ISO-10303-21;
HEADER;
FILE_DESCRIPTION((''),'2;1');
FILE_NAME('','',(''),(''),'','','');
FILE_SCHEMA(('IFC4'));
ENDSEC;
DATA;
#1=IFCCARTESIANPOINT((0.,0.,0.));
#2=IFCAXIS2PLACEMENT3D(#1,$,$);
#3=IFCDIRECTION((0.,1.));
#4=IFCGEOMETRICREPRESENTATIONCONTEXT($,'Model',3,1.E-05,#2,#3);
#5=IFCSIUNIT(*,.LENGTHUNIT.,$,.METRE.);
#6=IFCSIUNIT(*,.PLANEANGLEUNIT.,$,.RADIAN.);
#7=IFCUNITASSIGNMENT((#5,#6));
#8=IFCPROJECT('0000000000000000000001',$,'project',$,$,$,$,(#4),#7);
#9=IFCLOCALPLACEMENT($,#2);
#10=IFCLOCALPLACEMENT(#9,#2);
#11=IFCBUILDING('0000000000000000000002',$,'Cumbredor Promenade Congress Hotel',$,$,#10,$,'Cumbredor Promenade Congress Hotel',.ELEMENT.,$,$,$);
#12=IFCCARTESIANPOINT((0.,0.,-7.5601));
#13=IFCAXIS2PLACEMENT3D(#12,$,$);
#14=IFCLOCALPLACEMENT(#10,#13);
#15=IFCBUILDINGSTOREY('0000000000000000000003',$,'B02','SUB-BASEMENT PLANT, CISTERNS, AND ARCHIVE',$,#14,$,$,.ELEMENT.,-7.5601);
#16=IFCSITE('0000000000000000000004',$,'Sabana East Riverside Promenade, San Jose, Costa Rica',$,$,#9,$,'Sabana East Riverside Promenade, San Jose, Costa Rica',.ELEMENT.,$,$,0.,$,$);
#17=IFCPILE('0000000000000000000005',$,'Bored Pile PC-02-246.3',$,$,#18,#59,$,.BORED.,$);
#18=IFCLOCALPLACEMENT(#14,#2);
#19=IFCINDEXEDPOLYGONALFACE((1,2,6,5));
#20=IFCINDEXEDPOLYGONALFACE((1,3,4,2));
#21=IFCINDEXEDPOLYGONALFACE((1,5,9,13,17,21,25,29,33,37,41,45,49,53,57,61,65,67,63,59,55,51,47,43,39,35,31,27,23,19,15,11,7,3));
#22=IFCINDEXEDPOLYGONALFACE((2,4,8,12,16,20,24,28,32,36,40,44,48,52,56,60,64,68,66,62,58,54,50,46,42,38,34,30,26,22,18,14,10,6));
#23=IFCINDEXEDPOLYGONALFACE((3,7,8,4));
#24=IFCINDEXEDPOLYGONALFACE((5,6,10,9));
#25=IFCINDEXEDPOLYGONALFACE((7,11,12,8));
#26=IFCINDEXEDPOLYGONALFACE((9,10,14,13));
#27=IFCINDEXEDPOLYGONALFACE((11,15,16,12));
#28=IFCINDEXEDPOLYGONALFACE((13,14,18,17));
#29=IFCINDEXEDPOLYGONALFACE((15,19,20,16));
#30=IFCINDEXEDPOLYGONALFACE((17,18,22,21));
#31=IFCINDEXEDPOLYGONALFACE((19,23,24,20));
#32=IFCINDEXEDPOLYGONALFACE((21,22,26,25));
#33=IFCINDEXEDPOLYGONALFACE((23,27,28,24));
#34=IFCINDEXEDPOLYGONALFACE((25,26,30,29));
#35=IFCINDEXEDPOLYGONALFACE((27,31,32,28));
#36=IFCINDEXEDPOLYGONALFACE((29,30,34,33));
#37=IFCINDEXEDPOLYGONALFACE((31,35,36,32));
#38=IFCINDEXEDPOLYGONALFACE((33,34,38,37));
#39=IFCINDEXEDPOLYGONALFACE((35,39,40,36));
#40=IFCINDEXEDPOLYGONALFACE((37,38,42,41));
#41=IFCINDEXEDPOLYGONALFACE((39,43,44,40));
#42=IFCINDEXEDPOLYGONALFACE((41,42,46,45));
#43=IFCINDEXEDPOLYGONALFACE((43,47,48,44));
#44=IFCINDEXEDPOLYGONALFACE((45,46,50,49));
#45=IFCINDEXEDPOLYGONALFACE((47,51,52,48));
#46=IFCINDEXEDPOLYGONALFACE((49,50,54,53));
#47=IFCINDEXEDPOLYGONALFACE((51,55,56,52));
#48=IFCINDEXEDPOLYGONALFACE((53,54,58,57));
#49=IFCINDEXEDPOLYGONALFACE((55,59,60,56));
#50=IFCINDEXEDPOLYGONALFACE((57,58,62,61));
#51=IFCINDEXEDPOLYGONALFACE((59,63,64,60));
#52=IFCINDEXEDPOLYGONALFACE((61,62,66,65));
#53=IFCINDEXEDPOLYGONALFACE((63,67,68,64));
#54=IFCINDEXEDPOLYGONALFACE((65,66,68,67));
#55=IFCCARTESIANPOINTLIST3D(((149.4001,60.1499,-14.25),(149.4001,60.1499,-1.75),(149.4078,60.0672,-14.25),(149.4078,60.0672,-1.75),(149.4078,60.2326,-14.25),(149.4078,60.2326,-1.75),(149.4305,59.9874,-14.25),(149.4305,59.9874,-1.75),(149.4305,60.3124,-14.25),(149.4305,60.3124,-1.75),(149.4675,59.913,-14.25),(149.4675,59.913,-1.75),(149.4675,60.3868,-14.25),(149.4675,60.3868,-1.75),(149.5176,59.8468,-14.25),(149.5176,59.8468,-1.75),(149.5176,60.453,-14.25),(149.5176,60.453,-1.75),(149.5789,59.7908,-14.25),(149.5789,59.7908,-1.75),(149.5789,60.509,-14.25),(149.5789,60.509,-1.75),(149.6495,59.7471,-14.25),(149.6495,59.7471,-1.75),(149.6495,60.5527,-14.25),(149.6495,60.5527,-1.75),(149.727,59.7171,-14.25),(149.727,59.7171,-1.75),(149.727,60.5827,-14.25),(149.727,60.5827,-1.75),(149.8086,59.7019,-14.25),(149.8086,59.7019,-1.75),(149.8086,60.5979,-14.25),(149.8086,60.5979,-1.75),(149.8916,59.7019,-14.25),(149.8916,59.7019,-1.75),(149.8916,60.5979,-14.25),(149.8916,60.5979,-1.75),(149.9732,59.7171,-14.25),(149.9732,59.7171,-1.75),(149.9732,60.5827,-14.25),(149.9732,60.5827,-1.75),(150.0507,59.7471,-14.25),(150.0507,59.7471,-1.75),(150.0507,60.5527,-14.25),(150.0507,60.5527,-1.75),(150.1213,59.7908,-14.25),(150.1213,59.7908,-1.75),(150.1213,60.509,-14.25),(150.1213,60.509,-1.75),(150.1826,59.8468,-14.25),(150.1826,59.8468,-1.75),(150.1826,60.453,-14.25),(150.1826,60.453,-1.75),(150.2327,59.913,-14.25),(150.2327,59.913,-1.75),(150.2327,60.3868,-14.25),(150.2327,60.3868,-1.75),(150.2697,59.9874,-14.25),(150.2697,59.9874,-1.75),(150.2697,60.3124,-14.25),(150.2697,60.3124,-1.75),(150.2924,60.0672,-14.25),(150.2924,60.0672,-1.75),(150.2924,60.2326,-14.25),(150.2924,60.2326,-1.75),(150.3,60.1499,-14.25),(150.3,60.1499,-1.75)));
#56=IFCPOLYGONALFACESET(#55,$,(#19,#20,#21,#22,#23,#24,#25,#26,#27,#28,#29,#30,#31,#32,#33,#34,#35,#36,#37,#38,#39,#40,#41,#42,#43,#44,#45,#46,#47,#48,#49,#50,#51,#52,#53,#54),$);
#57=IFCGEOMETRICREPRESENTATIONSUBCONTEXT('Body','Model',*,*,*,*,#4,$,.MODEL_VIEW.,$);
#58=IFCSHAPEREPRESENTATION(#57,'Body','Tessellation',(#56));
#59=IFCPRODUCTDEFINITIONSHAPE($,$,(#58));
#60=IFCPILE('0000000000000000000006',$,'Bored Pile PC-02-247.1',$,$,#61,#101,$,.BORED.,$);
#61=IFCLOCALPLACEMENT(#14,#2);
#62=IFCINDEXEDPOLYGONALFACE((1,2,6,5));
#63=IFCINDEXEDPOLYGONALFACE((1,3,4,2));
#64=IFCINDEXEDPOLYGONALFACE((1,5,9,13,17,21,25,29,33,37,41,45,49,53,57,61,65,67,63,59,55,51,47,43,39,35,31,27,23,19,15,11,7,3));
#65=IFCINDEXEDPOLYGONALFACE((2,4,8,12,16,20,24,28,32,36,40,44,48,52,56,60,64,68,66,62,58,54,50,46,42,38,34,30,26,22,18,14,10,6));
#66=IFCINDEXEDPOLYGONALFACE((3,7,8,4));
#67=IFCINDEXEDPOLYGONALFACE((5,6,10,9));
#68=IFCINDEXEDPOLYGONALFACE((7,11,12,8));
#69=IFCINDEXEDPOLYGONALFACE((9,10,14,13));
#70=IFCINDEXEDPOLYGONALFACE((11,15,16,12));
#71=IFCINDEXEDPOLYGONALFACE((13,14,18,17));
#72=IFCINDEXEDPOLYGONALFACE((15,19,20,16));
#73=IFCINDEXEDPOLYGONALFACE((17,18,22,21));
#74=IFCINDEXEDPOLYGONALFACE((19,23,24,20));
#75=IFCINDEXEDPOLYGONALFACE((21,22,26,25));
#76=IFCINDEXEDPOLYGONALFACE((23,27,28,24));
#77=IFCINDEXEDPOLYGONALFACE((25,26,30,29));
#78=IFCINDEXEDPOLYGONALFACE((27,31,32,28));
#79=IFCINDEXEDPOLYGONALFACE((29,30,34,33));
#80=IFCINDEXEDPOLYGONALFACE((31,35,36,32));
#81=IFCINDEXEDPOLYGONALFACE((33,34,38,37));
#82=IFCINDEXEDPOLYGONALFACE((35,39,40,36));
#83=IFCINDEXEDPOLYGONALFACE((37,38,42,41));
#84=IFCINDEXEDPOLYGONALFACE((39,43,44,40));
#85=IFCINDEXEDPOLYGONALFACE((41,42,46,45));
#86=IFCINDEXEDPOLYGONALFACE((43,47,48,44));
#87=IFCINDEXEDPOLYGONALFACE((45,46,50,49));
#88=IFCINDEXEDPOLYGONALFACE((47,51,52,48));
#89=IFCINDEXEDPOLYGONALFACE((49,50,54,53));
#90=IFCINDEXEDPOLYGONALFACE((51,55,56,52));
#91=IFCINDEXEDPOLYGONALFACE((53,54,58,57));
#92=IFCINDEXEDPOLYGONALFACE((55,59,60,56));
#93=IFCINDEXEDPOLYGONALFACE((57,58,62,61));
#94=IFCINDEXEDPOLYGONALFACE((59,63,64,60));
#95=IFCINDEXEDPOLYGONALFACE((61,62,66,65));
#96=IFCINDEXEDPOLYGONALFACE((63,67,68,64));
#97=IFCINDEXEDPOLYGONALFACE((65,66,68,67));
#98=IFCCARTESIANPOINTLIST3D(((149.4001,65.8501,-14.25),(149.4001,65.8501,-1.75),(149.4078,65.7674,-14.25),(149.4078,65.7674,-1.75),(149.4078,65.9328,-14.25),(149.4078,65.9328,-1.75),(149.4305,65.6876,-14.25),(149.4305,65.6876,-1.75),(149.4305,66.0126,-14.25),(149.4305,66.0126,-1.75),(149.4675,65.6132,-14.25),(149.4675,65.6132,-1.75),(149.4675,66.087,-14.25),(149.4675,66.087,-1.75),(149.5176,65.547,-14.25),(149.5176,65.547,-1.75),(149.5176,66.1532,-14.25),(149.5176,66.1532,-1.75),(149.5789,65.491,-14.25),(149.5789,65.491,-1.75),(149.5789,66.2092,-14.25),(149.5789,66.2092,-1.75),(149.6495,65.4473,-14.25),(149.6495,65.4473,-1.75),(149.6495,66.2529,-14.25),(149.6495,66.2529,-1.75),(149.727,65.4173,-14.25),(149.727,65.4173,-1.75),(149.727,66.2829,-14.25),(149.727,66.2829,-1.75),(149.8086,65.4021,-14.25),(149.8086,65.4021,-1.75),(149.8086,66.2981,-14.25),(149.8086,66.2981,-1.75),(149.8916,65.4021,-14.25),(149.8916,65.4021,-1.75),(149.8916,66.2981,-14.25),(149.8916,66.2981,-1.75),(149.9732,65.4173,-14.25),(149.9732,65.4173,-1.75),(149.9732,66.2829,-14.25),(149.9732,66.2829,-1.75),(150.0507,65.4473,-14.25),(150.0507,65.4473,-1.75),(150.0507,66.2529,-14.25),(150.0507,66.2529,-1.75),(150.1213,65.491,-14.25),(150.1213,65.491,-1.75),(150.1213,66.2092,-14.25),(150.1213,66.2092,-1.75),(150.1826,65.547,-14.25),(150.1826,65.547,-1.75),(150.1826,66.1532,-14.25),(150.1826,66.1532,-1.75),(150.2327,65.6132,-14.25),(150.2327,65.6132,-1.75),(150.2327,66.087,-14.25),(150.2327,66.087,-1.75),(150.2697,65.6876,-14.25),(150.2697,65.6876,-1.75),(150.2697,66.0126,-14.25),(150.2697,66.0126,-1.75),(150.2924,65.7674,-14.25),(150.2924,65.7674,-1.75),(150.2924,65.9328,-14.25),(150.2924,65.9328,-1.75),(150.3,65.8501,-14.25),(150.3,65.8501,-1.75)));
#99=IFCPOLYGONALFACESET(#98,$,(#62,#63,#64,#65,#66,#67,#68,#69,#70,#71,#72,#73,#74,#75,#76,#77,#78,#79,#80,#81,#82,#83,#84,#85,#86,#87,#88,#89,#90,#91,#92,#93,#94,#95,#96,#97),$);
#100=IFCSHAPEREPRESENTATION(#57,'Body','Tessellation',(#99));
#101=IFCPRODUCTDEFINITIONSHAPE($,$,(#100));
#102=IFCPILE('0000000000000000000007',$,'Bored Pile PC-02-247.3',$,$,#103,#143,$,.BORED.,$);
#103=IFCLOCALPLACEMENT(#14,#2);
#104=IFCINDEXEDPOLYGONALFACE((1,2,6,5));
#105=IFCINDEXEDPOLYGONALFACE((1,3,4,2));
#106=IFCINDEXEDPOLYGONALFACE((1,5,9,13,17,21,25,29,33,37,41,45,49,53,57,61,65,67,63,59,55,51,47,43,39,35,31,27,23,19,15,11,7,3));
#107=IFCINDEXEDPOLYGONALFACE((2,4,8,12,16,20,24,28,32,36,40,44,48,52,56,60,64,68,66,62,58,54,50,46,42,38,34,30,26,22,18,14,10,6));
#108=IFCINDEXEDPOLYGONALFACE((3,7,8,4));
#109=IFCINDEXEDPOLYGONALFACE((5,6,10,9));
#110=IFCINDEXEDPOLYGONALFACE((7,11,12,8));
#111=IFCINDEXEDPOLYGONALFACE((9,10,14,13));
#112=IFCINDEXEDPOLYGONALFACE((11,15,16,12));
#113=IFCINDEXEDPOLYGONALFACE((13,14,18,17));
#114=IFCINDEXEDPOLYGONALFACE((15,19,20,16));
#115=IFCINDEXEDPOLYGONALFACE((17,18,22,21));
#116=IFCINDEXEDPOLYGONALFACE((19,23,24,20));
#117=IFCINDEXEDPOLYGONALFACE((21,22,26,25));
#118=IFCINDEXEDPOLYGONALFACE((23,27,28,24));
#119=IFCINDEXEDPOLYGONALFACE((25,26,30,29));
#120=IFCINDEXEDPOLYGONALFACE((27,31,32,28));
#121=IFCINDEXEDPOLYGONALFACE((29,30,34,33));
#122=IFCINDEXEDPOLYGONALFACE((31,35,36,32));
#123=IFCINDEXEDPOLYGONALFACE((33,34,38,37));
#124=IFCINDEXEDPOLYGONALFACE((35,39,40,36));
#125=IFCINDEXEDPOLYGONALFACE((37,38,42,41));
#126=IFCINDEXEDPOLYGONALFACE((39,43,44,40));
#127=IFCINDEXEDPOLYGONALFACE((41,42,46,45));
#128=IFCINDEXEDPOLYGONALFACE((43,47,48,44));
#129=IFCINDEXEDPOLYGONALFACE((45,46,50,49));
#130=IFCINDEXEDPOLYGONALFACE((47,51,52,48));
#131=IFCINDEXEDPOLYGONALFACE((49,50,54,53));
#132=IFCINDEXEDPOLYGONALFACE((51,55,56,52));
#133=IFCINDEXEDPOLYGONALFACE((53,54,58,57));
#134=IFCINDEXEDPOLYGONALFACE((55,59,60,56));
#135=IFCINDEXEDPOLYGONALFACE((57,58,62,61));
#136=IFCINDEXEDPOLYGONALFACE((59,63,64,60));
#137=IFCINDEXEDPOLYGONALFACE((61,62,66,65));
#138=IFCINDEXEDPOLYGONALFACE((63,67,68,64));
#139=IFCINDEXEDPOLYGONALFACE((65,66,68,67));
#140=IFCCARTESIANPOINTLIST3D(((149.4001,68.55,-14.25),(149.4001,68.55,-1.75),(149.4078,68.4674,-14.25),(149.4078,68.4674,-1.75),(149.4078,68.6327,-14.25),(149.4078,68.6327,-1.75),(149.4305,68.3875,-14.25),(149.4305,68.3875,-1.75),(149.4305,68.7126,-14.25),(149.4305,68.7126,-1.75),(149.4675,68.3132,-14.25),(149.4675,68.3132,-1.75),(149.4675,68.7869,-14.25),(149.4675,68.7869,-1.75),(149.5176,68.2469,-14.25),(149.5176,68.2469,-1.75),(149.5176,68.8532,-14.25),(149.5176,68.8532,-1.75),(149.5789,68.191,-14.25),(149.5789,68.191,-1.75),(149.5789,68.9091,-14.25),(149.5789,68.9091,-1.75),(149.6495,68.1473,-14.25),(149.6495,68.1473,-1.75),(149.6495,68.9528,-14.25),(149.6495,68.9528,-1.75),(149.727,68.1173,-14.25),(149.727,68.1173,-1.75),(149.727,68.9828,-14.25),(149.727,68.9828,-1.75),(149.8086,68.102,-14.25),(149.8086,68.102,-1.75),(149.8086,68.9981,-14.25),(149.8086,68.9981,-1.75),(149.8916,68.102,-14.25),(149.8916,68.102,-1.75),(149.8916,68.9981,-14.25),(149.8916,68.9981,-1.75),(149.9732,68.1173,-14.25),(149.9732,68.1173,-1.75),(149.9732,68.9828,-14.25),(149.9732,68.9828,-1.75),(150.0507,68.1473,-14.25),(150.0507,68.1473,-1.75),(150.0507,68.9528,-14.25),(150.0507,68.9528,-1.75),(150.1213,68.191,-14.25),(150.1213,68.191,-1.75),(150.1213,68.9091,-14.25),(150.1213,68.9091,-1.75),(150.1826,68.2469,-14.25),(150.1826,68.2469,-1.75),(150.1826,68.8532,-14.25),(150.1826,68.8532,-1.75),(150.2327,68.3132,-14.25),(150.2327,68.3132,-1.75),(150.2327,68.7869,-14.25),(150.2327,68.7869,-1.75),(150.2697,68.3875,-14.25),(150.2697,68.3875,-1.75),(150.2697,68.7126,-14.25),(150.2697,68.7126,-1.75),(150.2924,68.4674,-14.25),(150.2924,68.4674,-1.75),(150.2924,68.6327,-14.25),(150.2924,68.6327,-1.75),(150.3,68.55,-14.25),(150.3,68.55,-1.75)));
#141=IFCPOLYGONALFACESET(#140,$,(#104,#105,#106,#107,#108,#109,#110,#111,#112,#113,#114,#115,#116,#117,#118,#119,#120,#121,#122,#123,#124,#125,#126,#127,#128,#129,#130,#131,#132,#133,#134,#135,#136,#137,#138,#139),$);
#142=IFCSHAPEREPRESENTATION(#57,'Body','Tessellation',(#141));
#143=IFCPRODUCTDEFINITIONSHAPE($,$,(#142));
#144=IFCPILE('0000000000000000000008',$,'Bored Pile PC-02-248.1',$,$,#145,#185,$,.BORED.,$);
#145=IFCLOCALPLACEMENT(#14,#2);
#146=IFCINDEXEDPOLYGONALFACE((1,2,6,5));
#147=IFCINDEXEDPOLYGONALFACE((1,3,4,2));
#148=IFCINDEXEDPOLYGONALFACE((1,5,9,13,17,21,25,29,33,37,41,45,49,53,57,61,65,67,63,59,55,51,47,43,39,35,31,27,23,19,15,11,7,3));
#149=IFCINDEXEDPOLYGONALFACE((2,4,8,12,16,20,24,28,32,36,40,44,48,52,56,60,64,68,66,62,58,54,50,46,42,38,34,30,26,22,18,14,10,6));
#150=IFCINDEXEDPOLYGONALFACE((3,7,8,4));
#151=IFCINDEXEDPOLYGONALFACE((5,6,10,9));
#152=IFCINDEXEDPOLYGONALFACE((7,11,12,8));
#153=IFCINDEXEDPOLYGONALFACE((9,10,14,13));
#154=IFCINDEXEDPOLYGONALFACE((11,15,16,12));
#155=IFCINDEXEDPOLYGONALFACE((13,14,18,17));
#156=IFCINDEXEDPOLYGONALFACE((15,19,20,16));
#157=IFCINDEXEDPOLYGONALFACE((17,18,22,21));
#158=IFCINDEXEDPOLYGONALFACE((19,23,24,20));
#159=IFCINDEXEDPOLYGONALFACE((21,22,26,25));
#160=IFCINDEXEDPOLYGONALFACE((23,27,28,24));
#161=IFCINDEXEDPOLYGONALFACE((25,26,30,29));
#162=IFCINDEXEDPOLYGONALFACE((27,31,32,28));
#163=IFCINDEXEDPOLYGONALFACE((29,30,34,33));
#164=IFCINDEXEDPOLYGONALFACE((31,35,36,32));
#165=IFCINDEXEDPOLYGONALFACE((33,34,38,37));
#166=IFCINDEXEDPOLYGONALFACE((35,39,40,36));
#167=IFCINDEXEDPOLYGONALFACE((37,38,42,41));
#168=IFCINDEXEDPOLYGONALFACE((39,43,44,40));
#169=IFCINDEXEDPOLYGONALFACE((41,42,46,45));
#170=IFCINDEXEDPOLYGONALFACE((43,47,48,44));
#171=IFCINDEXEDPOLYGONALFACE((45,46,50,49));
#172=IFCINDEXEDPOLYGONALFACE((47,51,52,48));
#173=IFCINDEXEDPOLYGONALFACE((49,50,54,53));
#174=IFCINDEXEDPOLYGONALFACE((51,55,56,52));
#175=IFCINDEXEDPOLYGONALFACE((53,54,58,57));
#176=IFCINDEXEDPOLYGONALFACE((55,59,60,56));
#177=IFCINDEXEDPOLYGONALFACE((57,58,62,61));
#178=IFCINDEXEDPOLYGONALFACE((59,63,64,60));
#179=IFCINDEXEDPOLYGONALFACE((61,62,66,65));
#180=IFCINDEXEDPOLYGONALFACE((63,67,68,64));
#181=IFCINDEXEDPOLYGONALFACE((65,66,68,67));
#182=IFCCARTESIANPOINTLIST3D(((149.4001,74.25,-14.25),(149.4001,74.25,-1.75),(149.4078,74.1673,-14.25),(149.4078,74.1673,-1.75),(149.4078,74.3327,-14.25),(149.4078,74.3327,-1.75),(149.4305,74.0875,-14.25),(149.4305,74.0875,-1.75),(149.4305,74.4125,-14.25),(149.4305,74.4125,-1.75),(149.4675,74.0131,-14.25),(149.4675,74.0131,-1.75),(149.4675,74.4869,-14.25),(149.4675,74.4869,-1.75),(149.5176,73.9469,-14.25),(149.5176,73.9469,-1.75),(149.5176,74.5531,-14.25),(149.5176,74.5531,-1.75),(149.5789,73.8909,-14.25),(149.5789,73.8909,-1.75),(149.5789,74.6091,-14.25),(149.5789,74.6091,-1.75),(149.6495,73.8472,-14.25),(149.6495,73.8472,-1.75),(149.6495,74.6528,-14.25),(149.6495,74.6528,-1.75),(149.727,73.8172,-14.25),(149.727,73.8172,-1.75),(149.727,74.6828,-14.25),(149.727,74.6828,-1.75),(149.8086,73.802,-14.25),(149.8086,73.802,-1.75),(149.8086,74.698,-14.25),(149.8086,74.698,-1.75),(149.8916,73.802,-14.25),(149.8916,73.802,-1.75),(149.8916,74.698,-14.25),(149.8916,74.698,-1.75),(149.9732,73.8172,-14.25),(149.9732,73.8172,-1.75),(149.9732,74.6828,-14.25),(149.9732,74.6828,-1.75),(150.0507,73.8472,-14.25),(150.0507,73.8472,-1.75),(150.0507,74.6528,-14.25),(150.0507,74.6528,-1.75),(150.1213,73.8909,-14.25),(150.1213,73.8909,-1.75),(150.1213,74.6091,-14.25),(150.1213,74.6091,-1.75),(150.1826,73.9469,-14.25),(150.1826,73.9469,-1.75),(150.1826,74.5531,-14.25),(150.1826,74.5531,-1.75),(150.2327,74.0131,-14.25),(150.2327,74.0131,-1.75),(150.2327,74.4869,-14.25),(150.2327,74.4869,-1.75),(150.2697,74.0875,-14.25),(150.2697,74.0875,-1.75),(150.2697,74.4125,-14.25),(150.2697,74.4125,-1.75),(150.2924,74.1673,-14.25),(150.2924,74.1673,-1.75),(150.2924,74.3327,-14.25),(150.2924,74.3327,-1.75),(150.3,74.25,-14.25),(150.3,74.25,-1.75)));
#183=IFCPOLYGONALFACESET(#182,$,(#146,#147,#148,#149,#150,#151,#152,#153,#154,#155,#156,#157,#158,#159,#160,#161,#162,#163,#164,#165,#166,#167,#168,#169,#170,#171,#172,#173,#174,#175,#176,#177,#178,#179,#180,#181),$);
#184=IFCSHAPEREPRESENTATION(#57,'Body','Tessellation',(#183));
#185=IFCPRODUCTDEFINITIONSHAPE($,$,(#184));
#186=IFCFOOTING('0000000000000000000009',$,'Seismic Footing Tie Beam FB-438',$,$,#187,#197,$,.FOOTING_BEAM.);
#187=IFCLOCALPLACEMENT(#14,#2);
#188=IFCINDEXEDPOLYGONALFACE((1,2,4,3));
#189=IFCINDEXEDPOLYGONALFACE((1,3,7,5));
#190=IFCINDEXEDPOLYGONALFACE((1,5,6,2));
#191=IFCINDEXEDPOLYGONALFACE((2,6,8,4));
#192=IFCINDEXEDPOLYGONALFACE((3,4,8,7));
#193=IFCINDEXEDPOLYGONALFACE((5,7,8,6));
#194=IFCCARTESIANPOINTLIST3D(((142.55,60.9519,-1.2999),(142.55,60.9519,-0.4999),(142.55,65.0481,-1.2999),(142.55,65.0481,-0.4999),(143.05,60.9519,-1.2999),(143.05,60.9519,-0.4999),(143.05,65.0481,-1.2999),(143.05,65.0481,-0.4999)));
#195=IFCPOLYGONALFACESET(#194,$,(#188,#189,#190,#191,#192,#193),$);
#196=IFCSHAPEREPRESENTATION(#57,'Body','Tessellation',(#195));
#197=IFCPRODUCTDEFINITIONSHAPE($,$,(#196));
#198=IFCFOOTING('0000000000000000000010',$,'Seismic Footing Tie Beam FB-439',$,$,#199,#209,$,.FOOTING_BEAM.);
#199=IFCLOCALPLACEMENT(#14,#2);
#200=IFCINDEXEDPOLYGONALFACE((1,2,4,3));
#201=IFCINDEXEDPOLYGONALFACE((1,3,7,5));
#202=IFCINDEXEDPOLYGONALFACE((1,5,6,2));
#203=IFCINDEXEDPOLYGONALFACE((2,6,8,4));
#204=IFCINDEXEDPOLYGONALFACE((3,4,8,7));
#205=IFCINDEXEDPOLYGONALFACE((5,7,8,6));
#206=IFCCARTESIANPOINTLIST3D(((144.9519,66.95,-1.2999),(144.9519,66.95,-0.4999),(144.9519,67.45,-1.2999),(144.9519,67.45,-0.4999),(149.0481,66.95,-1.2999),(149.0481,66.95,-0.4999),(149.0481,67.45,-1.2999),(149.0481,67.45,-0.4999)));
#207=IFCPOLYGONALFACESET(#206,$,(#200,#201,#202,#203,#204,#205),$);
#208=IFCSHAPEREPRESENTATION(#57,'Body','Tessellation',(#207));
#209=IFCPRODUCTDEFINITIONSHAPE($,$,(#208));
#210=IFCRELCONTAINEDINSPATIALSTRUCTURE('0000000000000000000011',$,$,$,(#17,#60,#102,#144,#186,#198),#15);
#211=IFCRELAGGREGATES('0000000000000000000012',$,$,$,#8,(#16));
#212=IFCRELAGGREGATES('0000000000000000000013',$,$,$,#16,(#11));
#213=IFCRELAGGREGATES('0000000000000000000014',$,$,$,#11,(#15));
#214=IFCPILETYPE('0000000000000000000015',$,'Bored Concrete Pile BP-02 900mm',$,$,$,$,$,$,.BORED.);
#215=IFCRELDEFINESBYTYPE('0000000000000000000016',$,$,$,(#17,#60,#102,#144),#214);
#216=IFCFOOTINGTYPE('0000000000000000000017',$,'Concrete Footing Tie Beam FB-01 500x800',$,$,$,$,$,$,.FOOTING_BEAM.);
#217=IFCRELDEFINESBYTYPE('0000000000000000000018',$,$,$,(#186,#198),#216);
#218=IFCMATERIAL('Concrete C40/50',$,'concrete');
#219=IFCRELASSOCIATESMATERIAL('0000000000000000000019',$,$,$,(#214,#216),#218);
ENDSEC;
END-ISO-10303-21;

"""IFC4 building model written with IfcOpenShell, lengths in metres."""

from ifc_helpers import new_model, si_unit, direction, frame, origin, origin_2d, place, context, subcontext, project, spatial, rectangle, circle, extrude, material, material_profile, profile_set, type_object, element, save


model = new_model("IFC4")

# Units and contexts
model_context = context("Model", 3, precision=1e-05, world=origin(), true_north=direction((0.0, 1.0)))
body_context = subcontext(model_context, "Body", "Model", "MODEL_VIEW")
ifc_project = project(units=[si_unit("LENGTHUNIT", "METRE"), si_unit("PLANEANGLEUNIT", "RADIAN")], contexts=[model_context])

# Site, building, storey
site_placement = place(None, origin())
site = spatial("IfcSite", under=ifc_project, at=site_placement, Name="Sabana East Riverside Promenade, San Jose, Costa Rica", LongName="Sabana East Riverside Promenade, San Jose, Costa Rica", CompositionType="ELEMENT", RefElevation=0.0)
building_placement = place(site_placement, origin())
building = spatial("IfcBuilding", under=site, at=building_placement, Name="Cumbredor Promenade Congress Hotel", LongName="Cumbredor Promenade Congress Hotel", CompositionType="ELEMENT")
storey_placement = place(building_placement, frame((0.0, 0.0, -7.5601)))
storey = spatial("IfcBuildingStorey", under=building, at=storey_placement, Name="B02", Description="SUB-BASEMENT PLANT, CISTERNS, AND ARCHIVE", CompositionType="ELEMENT", Elevation=-7.5601)

# Piles
ifc_material_1 = material(Name="Concrete C40/50", Category="concrete")
ifc_material_profile_1 = material_profile(ifc_material_1, circle(Radius=0.45, at=origin_2d()), Name="PILE D900")
ifc_profile_set_1 = profile_set([ifc_material_profile_1], Name="Concrete C40/50")
pile_type = type_object("IfcPileType", Name="Bored Concrete Pile BP-02 900mm", PredefinedType="BORED", material=ifc_profile_set_1)
for number, where, z_axis, x_axis, name in (
    (1, (149.8501, 60.1499, -1.75), (0.0, 0.0, -1.0), (1.0, 0.0, 0.0), "Bored Pile PC-02-246.3"),
    (2, (149.8501, 65.8501, -1.75), (0.0, 0.0, -1.0), (1.0, 0.0, 0.0), "Bored Pile PC-02-247.1"),
    (3, (149.8501, 68.55, -1.75), (0.0, 0.0, -1.0), (1.0, 0.0, 0.0), "Bored Pile PC-02-247.3"),
    (4, (149.8501, 74.25, -1.75), (0.0, 0.0, -1.0), (1.0, 0.0, 0.0), "Bored Pile PC-02-248.1"),
):
    element("IfcPile", number, at=place(storey_placement, frame(where, z_axis=z_axis, x_axis=x_axis)), inside=storey, type_object=pile_type, Name=name, PredefinedType="BORED", context=body_context, shape_type="SweptSolid", body=[
        extrude(circle(Radius=0.45, at=origin_2d()), origin(), (0.0, 0.0, 1.0), 12.5),
    ])

# Footings
ifc_material_profile_2 = material_profile(ifc_material_1, rectangle(XDim=0.5, YDim=0.8, at=origin_2d()), Name="FB 500x800")
ifc_profile_set_2 = profile_set([ifc_material_profile_2], Name="Concrete C40/50")
footing_type_1 = type_object("IfcFootingType", Name="Concrete Footing Tie Beam FB-01 500x800", PredefinedType="FOOTING_BEAM", material=ifc_profile_set_2)
for number, where, z_axis, x_axis, name in (
    (5, (142.8, 60.9519, -0.8999), (0.0, 1.0, 0.0), (-1.0, 0.0, 0.0), "Seismic Footing Tie Beam FB-438"),
    (6, (144.9519, 67.2, -0.8999), (1.0, 0.0, 0.0), (0.0, 1.0, 0.0), "Seismic Footing Tie Beam FB-439"),
):
    element("IfcFooting", number, at=place(storey_placement, frame(where, z_axis=z_axis, x_axis=x_axis)), inside=storey, type_object=footing_type_1, Name=name, PredefinedType="FOOTING_BEAM", context=body_context, shape_type="SweptSolid", body=[
        extrude(rectangle(XDim=0.5, YDim=0.8, at=origin_2d()), origin(), (0.0, 0.0, 1.0), 4.0962),
    ])

save(model, "model.ifc")
